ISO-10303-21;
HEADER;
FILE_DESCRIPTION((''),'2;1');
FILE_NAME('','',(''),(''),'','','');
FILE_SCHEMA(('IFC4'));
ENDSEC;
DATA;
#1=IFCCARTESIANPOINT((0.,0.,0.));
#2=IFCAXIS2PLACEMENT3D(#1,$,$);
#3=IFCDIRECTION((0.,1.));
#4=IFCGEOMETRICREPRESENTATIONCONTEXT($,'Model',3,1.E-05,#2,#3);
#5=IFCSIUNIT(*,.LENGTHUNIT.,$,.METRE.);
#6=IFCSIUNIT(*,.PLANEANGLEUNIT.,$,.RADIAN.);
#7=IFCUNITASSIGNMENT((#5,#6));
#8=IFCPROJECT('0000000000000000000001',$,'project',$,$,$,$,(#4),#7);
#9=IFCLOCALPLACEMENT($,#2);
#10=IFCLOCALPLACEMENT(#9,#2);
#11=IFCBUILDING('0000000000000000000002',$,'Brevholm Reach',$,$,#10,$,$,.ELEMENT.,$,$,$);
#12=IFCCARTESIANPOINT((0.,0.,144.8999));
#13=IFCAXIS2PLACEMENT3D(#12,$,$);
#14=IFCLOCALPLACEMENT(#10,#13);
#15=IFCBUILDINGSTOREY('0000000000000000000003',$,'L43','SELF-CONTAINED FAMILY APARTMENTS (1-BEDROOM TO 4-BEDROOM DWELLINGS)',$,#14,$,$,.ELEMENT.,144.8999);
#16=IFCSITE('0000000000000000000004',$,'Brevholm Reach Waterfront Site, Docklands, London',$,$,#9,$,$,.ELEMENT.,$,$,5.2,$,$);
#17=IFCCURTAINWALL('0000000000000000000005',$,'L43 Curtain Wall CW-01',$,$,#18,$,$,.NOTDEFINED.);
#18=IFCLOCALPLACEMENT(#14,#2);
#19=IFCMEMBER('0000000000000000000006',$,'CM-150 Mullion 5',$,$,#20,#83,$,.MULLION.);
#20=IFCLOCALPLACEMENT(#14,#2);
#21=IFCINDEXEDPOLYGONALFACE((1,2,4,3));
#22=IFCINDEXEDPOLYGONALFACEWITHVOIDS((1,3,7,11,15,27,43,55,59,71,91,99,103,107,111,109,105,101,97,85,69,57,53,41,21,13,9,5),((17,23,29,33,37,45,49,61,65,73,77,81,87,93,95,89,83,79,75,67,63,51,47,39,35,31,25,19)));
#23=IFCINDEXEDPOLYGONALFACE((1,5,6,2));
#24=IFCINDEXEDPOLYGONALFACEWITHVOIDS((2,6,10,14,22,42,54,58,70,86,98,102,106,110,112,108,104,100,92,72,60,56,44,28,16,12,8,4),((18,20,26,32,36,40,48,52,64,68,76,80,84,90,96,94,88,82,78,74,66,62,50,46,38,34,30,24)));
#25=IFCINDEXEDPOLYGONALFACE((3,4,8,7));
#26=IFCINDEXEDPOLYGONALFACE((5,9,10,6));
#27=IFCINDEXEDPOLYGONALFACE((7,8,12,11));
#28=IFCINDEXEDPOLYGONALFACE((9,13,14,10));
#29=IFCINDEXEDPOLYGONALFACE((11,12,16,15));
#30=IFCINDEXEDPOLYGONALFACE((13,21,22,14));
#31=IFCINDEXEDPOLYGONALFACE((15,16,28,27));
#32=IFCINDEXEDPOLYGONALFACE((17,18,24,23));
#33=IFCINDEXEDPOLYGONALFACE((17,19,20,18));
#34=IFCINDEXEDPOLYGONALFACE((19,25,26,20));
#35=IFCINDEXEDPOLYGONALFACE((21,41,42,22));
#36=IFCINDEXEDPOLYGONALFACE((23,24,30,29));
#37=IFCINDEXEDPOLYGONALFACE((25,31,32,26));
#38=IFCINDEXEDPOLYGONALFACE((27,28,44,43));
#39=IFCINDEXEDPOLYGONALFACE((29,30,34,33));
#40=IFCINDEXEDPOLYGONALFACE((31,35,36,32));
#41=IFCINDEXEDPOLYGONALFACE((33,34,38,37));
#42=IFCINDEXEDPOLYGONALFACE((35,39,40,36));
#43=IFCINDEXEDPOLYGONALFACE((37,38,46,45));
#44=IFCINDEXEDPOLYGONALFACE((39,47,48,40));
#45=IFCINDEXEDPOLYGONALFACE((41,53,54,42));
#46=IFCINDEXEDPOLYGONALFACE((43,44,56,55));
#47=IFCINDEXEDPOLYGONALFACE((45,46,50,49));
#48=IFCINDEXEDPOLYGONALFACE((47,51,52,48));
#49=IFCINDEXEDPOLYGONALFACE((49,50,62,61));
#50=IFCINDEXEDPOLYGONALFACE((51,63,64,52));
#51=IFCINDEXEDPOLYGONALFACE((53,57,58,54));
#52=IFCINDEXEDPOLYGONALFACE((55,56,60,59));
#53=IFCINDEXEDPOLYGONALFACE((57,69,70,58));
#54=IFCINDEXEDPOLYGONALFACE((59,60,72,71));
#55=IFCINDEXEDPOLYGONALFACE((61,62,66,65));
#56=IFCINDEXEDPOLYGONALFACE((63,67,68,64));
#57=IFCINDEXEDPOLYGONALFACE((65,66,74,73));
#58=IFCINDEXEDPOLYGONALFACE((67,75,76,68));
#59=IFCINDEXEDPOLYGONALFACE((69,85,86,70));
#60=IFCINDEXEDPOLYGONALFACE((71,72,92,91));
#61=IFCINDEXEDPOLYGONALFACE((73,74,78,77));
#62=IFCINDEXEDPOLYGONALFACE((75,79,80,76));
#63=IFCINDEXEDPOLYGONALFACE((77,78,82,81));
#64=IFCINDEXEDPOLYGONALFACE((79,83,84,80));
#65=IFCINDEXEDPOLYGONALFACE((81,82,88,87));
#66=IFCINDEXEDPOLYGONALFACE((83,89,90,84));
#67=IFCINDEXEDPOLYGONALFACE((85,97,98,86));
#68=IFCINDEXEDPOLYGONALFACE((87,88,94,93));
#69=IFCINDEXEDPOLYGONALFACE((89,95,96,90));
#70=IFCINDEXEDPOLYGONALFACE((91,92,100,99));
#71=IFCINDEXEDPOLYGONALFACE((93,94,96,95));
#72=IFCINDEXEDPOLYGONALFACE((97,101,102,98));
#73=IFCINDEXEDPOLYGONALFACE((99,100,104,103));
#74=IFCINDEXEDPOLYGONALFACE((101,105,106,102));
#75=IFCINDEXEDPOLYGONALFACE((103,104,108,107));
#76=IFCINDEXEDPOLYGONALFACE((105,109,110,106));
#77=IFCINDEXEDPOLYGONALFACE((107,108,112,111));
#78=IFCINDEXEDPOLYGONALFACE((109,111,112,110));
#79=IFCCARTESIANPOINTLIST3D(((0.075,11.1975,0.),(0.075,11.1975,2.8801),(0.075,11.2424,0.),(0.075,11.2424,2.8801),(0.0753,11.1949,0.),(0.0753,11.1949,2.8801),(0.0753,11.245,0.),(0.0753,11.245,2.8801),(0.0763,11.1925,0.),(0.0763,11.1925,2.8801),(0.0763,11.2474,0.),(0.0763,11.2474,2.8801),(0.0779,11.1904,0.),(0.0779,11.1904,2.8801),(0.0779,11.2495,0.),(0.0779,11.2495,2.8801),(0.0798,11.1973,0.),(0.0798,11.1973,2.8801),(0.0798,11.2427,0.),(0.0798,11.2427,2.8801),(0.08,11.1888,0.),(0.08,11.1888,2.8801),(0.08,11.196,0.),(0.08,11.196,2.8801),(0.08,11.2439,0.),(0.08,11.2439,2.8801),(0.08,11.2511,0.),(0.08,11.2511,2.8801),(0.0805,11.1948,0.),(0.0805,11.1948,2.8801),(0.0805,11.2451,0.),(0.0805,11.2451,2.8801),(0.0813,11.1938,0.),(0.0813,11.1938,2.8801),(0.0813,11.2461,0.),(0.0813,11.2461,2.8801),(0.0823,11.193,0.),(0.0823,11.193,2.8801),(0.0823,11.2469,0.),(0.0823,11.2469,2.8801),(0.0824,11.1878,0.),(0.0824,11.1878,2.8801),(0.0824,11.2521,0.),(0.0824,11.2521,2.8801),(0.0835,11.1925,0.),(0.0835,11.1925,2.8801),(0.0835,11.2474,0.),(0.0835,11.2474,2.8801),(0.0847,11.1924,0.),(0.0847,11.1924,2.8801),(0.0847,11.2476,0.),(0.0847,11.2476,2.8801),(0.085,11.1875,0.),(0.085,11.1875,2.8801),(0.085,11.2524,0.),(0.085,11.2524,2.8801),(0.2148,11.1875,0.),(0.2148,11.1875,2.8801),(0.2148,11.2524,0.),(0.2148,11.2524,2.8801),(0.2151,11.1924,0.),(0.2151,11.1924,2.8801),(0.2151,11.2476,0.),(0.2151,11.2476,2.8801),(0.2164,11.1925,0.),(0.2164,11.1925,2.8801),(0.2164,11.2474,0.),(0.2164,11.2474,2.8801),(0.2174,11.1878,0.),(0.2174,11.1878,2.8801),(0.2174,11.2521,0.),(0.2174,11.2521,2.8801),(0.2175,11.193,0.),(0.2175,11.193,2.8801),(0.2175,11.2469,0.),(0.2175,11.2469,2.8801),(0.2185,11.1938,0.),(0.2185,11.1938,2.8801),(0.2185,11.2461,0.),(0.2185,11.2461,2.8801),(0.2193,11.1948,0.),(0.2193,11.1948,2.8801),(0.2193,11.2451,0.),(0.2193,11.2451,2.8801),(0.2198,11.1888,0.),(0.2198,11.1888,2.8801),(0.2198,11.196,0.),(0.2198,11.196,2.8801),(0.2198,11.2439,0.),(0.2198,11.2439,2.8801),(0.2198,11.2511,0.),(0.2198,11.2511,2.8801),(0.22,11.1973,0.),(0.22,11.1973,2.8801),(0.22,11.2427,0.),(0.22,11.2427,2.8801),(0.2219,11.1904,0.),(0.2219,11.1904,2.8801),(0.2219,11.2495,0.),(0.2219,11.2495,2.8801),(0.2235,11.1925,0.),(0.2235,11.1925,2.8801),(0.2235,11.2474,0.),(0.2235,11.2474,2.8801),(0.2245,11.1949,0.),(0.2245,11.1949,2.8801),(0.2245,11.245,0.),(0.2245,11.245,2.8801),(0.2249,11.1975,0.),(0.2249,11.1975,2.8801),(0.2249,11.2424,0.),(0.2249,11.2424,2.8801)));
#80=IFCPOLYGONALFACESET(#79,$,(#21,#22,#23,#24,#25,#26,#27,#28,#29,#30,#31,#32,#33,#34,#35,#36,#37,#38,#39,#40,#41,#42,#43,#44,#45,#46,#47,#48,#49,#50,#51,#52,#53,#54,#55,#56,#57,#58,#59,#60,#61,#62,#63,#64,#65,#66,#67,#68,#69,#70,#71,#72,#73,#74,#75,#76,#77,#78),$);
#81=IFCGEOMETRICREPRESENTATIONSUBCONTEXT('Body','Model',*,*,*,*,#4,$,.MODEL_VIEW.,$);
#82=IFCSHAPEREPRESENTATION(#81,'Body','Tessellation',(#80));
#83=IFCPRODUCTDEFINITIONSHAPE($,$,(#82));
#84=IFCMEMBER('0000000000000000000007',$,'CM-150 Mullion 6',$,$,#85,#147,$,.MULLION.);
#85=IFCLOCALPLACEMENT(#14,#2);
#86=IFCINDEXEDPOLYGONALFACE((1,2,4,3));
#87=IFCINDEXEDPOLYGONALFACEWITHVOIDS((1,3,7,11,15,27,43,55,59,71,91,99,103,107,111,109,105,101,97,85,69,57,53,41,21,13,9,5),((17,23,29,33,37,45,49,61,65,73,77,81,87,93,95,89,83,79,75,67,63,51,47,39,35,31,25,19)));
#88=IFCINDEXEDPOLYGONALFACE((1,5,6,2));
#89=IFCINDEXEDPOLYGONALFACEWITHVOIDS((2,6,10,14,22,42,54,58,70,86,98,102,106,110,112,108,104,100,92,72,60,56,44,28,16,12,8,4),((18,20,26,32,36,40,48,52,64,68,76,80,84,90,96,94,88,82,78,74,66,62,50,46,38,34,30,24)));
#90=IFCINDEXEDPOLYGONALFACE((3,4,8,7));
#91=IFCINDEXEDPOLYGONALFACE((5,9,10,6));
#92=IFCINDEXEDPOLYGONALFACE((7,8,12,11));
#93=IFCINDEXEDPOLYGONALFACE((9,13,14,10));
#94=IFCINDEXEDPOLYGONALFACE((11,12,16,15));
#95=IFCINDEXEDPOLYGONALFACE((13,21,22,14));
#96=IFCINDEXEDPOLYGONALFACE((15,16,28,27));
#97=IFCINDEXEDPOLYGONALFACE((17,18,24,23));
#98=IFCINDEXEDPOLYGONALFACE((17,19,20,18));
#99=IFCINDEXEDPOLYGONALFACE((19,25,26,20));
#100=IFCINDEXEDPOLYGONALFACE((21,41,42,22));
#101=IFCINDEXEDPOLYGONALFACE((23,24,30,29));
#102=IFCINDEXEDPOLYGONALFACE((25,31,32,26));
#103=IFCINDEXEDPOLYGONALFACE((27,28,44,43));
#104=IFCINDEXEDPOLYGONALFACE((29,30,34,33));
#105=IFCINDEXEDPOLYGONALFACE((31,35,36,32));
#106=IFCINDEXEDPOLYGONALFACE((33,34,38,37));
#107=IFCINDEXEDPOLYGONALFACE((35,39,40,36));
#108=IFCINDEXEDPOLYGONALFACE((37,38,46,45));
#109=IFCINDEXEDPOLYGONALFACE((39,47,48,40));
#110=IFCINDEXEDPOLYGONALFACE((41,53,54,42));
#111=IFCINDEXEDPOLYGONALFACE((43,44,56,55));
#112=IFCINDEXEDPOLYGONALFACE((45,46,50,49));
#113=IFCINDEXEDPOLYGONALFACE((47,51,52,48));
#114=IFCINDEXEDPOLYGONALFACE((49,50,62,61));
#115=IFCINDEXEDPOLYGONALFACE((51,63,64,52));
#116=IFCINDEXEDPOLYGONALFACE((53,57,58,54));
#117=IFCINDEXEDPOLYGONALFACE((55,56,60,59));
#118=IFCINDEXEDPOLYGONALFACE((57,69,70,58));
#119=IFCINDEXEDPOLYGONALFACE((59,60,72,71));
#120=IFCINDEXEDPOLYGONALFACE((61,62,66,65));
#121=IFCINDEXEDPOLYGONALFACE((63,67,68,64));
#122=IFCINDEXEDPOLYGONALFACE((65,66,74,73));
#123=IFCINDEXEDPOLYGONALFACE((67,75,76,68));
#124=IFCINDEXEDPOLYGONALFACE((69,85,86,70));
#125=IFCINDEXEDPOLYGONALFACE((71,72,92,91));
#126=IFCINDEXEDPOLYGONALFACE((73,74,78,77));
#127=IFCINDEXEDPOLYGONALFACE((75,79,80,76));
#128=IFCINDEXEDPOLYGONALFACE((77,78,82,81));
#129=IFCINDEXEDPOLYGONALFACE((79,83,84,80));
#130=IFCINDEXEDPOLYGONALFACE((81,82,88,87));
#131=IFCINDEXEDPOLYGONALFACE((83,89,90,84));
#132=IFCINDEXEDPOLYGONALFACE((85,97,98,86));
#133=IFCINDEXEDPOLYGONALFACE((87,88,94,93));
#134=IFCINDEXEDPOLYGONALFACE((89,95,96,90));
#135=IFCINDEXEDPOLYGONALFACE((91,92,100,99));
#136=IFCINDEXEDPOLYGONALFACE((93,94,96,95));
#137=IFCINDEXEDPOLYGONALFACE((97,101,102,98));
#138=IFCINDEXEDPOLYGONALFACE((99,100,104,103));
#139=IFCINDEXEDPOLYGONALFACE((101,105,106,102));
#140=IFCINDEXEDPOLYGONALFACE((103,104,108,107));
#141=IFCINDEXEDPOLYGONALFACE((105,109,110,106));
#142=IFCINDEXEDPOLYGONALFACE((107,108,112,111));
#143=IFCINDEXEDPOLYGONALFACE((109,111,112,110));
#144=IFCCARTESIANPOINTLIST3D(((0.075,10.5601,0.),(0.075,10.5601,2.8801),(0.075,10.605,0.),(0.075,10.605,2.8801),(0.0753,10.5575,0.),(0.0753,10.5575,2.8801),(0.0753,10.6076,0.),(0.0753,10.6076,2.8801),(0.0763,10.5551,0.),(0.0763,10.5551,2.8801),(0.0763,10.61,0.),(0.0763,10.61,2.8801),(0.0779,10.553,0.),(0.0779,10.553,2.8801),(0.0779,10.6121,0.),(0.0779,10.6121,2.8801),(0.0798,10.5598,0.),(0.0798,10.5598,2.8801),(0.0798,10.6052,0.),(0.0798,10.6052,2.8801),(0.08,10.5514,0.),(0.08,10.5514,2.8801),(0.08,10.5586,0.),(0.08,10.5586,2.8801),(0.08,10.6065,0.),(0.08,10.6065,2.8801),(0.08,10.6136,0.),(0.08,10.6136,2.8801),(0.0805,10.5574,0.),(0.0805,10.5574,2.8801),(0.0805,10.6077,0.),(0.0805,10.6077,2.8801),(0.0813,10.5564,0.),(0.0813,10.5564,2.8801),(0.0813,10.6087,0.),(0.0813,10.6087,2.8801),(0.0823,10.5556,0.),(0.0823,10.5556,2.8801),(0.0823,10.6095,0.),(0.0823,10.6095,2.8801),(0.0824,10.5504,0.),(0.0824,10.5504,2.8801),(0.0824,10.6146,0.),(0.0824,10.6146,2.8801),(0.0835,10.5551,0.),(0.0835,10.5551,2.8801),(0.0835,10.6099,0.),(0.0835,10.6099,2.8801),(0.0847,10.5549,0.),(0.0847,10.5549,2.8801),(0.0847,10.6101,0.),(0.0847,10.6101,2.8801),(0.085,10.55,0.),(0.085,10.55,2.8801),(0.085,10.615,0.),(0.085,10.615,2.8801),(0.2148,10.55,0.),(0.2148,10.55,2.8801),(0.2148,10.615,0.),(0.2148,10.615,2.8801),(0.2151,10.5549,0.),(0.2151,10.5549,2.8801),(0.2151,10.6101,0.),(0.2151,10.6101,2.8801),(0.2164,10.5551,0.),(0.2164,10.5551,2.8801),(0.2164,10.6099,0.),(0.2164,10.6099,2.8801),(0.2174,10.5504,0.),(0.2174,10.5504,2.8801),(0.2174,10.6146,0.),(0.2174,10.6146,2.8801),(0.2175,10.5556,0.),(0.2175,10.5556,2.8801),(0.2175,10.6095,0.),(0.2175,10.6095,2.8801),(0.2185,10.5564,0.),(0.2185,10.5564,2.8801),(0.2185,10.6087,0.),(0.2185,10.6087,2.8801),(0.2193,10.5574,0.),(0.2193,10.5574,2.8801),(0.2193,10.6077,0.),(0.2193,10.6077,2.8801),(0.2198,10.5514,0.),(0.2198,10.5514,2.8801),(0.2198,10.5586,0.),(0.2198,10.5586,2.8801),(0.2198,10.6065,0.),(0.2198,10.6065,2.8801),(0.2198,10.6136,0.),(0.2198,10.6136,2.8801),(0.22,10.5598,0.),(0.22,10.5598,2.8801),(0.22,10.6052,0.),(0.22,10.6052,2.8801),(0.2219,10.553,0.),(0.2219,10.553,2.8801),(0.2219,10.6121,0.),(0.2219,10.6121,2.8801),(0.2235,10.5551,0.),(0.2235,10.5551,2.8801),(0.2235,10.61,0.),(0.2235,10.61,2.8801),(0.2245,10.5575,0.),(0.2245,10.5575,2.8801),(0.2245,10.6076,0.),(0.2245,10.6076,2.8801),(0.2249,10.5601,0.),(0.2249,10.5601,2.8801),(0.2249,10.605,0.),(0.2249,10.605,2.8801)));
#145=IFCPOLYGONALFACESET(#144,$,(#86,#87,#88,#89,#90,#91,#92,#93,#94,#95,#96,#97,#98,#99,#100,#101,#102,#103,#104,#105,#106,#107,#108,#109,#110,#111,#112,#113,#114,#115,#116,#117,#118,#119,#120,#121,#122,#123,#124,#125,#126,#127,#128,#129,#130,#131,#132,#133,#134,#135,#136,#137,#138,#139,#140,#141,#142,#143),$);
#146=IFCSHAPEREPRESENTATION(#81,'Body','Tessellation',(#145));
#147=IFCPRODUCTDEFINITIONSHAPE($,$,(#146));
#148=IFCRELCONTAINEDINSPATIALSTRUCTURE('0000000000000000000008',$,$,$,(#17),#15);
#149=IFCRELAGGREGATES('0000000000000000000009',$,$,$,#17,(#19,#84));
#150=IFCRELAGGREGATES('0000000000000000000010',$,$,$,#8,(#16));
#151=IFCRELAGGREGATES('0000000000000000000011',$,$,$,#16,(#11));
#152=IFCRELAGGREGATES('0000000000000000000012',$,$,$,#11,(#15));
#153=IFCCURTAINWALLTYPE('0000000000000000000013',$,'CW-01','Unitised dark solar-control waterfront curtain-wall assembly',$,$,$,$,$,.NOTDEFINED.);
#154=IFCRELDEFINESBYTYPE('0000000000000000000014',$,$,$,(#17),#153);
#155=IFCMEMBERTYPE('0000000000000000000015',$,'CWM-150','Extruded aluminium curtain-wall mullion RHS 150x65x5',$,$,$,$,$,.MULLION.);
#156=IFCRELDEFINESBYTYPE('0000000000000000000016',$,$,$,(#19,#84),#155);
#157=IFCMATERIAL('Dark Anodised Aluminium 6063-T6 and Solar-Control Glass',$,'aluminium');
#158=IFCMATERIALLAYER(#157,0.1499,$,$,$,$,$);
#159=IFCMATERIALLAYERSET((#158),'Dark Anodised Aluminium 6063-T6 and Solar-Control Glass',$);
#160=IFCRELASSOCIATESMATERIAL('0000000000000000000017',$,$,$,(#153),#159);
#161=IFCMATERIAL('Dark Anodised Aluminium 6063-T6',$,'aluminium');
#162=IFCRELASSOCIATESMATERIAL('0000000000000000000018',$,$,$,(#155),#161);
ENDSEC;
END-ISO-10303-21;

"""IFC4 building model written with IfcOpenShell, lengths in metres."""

from ifc_helpers import new_model, si_unit, direction, frame, origin, origin_2d, place, context, subcontext, project, spatial, hollow_rectangle, extrude, material, layer, layer_set, material_profile, profile_set, type_object, element, aggregate, save


model = new_model("IFC4")

# Units and contexts
model_context = context("Model", 3, precision=1e-05, world=origin(), true_north=direction((0.0, 1.0)))
body_context = subcontext(model_context, "Body", "Model", "MODEL_VIEW")
ifc_project = project(units=[si_unit("LENGTHUNIT", "METRE"), si_unit("PLANEANGLEUNIT", "RADIAN")], contexts=[model_context])

# Site, building, storey
site_placement = place(None, origin())
site = spatial("IfcSite", under=ifc_project, at=site_placement, Name="Brevholm Reach Waterfront Site, Docklands, London", CompositionType="ELEMENT", RefElevation=5.2)
building_placement = place(site_placement, origin())
building = spatial("IfcBuilding", under=site, at=building_placement, Name="Brevholm Reach", CompositionType="ELEMENT")
storey_placement = place(building_placement, frame((0.0, 0.0, 144.8999)))
storey = spatial("IfcBuildingStorey", under=building, at=storey_placement, Name="L43", Description="SELF-CONTAINED FAMILY APARTMENTS (1-BEDROOM TO 4-BEDROOM DWELLINGS)", CompositionType="ELEMENT", Elevation=144.8999)

# Curtain wall, members
ifc_material_1 = material(Name="Dark Anodised Aluminium 6063-T6 and Solar-Control Glass", Category="aluminium")
ifc_layer_1 = layer(ifc_material_1, 0.1499)
ifc_layer_set_1 = layer_set([ifc_layer_1], Name="Dark Anodised Aluminium 6063-T6 and Solar-Control Glass")
curtain_wall_type = type_object("IfcCurtainWallType", Name="CW-01", Description="Unitised dark solar-control waterfront curtain-wall assembly", PredefinedType="NOTDEFINED", material=ifc_layer_set_1)
curtain_wall_placement = place(storey_placement, origin())
curtain_wall = element("IfcCurtainWall", 1, at=curtain_wall_placement, inside=storey, type_object=curtain_wall_type, Name="L43 Curtain Wall CW-01", PredefinedType="NOTDEFINED")
ifc_material_2 = material(Name="Dark Anodised Aluminium 6063-T6", Category="aluminium")
ifc_material_profile_1 = material_profile(ifc_material_2, hollow_rectangle(XDim=0.0649, YDim=0.1499, WallThickness=0.0049, InnerFilletRadius=0.0049, OuterFilletRadius=0.01, at=origin_2d()), Name="RHS 150x65x5")
ifc_profile_set_1 = profile_set([ifc_material_profile_1], Name="Dark Anodised Aluminium 6063-T6")
member_type_1 = type_object("IfcMemberType", Name="CWM-150", Description="Extruded aluminium curtain-wall mullion RHS 150x65x5", PredefinedType="MULLION", material=ifc_profile_set_1)
member_1_placement = place(storey_placement, frame((0.1499, 11.22, 0.0), z_axis=(0.0, 0.0, 1.0), x_axis=(0.0, -1.0, 0.0)))
member_1 = element("IfcMember", 2, at=member_1_placement, type_object=member_type_1, Name="CM-150 Mullion 5", PredefinedType="MULLION", context=body_context, shape_type="SweptSolid", body=[
    extrude(hollow_rectangle(XDim=0.0649, YDim=0.1499, WallThickness=0.0049, InnerFilletRadius=0.0049, OuterFilletRadius=0.01, at=origin_2d()), origin(), (0.0, 0.0, 1.0), 2.8801),
])
member_2_placement = place(storey_placement, frame((0.1499, 10.5825, 0.0), z_axis=(0.0, 0.0, 1.0), x_axis=(0.0, -1.0, 0.0)))
member_2 = element("IfcMember", 3, at=member_2_placement, type_object=member_type_1, Name="CM-150 Mullion 6", PredefinedType="MULLION", context=body_context, shape_type="SweptSolid", body=[
    extrude(hollow_rectangle(XDim=0.0649, YDim=0.1499, WallThickness=0.0049, InnerFilletRadius=0.0049, OuterFilletRadius=0.01, at=origin_2d()), origin(), (0.0, 0.0, 1.0), 2.8801),
])
aggregate(curtain_wall, [member_1, member_2])

save(model, "model.ifc")
